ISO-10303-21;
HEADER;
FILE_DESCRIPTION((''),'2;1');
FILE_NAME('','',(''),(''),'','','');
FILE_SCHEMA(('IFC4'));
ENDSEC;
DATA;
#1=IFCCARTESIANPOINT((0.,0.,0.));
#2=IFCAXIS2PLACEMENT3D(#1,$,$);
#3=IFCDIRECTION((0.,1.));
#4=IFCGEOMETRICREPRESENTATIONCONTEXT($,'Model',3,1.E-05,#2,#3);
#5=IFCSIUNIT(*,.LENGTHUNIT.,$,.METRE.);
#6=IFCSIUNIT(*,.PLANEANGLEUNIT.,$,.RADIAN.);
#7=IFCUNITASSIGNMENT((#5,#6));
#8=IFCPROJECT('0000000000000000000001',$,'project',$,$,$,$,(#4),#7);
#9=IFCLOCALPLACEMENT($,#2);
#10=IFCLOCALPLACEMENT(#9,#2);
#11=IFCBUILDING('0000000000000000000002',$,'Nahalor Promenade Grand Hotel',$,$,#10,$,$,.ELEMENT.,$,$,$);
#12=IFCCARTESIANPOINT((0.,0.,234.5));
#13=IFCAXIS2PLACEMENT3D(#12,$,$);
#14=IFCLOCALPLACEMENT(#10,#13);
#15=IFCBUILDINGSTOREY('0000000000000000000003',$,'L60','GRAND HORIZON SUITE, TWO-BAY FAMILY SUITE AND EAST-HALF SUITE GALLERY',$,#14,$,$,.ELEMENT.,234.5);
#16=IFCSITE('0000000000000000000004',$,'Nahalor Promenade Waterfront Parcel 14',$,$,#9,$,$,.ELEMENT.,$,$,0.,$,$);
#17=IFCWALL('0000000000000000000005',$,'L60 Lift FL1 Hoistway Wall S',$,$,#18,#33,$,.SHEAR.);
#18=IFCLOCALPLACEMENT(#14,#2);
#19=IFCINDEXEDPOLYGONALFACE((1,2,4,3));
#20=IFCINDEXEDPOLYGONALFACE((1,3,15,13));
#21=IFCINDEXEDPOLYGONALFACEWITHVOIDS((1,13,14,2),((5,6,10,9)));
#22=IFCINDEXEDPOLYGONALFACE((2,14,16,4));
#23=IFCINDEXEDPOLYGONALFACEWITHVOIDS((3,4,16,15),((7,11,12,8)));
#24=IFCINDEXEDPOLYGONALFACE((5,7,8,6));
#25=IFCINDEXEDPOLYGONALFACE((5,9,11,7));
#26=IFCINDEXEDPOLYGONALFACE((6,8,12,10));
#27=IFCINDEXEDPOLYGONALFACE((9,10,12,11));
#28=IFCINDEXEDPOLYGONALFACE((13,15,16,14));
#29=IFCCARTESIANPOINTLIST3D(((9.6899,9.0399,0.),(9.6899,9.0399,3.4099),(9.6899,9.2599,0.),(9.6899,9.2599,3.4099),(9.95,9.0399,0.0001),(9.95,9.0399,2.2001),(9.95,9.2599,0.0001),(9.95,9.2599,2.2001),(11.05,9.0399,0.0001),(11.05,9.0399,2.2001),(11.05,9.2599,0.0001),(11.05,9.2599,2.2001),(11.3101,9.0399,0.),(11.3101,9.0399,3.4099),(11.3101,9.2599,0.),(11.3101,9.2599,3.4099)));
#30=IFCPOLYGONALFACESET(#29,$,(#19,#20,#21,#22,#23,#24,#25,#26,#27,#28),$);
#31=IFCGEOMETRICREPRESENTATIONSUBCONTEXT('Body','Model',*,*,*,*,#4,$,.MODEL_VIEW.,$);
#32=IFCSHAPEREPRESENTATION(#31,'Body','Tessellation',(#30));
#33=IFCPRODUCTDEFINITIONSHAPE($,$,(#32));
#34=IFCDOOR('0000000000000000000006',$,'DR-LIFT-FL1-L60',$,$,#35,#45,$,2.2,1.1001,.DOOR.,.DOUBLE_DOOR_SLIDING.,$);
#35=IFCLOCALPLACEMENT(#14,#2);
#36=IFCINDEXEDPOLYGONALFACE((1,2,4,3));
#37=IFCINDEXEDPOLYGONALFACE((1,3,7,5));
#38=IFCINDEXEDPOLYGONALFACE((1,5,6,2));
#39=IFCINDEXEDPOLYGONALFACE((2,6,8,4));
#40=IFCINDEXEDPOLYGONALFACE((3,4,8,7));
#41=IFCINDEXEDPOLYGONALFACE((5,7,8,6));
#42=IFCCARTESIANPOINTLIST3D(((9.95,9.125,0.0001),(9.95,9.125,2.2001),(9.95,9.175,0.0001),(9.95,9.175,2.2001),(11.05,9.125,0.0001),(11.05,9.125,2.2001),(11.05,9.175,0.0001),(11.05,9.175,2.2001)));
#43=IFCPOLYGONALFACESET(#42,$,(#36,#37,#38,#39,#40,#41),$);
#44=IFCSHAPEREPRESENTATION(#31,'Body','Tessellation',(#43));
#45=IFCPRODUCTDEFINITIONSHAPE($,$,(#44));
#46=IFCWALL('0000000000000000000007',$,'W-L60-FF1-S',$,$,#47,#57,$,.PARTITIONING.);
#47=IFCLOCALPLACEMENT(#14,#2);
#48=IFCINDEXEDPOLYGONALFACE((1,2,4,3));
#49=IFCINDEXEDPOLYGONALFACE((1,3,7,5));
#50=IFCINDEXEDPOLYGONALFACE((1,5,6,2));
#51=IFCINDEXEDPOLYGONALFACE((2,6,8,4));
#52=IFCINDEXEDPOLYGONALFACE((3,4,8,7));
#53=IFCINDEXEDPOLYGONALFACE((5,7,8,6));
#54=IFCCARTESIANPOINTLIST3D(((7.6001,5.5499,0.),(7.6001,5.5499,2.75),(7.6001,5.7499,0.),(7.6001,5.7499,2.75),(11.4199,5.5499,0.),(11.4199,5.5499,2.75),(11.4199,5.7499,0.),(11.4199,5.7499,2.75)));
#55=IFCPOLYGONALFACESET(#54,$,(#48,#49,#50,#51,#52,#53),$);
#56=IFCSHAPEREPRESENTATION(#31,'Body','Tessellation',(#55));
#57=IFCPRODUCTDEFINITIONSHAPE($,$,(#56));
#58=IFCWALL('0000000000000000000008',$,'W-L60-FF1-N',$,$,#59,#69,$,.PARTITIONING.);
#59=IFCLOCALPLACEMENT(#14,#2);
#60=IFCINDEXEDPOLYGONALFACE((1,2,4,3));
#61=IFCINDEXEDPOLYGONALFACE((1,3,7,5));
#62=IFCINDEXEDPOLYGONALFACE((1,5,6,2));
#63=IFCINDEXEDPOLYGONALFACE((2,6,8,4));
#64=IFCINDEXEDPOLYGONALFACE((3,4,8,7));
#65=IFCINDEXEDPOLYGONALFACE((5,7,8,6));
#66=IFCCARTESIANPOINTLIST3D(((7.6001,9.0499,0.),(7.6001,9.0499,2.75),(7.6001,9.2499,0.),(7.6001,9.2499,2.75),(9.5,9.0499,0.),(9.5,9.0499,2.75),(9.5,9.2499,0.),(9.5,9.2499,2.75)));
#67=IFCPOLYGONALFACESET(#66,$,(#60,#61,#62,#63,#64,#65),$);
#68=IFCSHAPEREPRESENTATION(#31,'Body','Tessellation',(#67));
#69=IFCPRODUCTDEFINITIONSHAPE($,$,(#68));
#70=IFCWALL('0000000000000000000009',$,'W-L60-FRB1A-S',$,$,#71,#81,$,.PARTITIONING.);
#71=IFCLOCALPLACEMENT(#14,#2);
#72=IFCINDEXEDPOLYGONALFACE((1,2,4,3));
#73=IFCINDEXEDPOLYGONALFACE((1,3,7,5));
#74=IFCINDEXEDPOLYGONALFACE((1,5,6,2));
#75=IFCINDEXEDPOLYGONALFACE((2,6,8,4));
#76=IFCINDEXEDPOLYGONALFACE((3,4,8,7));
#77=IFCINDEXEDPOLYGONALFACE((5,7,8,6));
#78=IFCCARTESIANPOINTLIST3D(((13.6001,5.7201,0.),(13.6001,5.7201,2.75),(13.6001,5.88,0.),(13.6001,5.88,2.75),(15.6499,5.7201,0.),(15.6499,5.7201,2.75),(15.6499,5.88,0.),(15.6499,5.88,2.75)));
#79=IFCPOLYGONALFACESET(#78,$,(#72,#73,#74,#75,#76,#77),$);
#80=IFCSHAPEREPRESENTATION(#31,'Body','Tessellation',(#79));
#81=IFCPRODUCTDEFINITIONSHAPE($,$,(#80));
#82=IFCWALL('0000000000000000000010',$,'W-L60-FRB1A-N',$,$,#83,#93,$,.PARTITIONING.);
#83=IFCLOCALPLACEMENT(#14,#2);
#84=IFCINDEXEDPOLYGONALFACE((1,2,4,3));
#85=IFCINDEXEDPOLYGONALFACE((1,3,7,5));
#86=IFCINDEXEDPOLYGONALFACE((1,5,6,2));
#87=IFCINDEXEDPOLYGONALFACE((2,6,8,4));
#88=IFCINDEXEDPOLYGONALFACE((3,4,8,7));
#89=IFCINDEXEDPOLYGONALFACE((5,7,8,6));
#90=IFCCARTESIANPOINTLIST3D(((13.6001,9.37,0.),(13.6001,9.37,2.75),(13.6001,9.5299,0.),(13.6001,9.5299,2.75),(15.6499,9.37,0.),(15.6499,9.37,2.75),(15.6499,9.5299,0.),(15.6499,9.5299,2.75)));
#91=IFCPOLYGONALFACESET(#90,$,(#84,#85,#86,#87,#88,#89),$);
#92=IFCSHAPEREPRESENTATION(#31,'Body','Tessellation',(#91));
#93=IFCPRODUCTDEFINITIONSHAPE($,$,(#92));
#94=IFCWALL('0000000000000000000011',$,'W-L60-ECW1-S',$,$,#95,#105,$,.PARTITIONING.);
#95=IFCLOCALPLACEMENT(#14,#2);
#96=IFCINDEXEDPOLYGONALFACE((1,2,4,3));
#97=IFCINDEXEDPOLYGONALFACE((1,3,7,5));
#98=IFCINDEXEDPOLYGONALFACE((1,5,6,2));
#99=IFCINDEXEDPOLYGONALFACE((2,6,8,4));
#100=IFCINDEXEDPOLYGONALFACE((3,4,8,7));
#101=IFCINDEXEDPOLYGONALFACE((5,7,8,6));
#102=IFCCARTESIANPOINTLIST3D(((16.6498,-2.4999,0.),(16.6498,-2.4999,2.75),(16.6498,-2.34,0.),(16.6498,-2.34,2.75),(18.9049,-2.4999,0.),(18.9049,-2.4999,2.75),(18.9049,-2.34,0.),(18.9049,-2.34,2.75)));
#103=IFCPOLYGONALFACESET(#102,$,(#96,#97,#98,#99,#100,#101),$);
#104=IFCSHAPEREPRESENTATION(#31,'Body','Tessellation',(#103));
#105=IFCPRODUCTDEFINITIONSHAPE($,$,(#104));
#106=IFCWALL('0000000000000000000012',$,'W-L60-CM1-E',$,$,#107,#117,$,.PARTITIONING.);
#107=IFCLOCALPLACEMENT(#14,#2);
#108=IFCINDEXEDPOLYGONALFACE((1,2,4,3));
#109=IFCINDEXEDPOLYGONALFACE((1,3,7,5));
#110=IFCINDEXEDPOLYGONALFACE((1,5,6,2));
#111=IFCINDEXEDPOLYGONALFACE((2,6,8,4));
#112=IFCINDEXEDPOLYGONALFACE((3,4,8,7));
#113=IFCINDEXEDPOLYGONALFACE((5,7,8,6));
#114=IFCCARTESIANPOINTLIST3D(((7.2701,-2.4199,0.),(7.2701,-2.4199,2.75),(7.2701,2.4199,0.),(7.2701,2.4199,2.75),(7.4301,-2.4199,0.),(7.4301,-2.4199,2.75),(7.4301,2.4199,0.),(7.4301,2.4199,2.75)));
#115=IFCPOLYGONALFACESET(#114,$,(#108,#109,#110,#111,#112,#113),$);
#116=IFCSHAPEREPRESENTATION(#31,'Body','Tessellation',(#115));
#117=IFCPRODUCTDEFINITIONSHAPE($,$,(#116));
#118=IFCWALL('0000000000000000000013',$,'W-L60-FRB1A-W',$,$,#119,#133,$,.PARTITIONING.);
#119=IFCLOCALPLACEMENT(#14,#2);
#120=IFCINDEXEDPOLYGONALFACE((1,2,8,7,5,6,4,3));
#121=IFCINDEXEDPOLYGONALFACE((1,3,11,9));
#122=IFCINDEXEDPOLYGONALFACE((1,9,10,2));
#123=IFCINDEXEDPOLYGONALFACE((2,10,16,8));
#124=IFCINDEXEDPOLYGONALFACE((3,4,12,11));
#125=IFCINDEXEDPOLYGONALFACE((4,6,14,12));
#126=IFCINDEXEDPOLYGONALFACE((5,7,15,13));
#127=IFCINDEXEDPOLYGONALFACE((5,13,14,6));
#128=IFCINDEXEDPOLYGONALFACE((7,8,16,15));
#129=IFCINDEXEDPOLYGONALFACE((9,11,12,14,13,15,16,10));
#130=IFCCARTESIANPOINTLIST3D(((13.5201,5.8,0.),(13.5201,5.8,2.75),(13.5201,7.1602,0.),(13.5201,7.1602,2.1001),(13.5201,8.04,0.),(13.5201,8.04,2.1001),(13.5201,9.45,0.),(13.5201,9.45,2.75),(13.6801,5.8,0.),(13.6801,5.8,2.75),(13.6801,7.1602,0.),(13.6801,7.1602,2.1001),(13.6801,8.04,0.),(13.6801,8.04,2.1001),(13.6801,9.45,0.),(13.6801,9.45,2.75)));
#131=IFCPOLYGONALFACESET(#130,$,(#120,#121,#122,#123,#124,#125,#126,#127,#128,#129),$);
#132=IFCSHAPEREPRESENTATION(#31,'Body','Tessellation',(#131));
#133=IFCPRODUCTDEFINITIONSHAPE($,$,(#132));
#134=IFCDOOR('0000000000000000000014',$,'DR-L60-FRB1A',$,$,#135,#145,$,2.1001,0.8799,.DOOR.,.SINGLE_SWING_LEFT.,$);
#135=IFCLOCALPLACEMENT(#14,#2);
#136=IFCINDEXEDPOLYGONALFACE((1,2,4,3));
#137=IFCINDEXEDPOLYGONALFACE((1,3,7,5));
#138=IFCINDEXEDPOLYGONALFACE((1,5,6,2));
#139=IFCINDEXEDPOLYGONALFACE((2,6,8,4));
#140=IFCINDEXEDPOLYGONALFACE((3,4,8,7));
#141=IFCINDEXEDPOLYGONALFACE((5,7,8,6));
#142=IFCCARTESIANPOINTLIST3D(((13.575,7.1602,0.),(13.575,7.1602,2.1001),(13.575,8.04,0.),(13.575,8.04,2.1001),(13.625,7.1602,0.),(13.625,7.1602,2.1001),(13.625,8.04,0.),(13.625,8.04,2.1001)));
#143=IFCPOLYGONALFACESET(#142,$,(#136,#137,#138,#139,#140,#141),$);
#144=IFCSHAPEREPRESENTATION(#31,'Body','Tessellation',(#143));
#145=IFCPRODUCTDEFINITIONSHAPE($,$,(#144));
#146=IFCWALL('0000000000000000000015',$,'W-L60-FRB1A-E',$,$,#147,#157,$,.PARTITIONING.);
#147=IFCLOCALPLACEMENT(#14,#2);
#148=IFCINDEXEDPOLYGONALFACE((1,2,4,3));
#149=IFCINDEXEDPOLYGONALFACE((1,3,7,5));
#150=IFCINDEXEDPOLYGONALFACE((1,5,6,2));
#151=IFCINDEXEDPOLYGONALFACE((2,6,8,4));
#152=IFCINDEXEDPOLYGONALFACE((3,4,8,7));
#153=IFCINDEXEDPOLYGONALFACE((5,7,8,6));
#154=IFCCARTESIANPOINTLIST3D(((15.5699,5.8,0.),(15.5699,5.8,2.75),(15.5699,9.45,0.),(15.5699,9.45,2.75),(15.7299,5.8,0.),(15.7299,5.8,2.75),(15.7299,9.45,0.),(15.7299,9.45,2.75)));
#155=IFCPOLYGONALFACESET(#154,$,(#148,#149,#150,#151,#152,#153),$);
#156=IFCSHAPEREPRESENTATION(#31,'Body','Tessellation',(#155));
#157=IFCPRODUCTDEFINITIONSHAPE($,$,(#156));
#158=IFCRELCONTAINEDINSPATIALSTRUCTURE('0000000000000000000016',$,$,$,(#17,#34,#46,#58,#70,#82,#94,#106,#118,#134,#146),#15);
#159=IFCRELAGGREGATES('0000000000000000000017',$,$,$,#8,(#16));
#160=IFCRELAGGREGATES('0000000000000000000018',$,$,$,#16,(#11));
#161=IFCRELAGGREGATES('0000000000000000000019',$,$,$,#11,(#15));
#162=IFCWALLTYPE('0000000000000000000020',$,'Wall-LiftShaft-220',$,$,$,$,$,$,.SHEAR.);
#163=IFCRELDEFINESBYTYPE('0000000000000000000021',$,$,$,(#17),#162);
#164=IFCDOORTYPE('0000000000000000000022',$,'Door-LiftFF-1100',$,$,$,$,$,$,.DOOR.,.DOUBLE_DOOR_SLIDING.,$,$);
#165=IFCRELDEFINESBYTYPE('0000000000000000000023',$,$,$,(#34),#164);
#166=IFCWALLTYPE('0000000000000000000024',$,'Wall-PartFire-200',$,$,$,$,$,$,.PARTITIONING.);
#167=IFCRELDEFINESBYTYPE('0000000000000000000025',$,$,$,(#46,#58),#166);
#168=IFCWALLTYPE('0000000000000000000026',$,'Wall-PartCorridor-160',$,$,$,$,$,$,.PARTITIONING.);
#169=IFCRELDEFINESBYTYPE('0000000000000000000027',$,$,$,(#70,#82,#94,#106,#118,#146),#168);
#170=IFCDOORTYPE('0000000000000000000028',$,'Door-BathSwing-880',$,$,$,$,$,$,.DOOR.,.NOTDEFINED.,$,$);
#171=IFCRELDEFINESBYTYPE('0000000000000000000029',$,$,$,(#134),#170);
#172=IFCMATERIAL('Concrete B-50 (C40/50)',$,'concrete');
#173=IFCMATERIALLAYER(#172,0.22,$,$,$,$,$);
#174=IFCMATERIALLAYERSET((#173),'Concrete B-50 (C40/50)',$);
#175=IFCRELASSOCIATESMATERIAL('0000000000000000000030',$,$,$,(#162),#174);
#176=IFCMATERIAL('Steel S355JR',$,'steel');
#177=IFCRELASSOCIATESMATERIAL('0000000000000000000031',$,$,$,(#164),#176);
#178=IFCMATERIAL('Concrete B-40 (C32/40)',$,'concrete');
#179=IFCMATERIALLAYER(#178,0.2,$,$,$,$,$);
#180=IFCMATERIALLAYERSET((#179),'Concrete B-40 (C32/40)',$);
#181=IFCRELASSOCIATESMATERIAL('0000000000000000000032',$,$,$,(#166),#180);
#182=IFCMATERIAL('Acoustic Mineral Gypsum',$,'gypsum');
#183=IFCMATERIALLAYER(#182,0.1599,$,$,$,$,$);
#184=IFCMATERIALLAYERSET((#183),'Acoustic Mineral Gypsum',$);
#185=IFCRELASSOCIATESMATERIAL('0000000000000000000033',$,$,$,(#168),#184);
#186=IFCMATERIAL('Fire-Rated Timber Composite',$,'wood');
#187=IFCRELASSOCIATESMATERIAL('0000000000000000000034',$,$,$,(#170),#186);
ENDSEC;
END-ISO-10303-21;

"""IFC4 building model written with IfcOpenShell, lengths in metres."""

from ifc_helpers import new_model, si_unit, direction, frame, frame_2d, origin, place, context, subcontext, project, spatial, rectangle, extrude, source, transform, mapped, material, layer, layer_set, type_object, element, fill, save


model = new_model("IFC4")

# Units and contexts
model_context = context("Model", 3, precision=1e-05, world=origin(), true_north=direction((0.0, 1.0)))
body_context = subcontext(model_context, "Body", "Model", "MODEL_VIEW")
ifc_project = project(units=[si_unit("LENGTHUNIT", "METRE"), si_unit("PLANEANGLEUNIT", "RADIAN")], contexts=[model_context])

# Site, building, storey
site_placement = place(None, origin())
site = spatial("IfcSite", under=ifc_project, at=site_placement, Name="Nahalor Promenade Waterfront Parcel 14", CompositionType="ELEMENT", RefElevation=0.0)
building_placement = place(site_placement, origin())
building = spatial("IfcBuilding", under=site, at=building_placement, Name="Nahalor Promenade Grand Hotel", CompositionType="ELEMENT")
storey_placement = place(building_placement, frame((0.0, 0.0, 234.5)))
storey = spatial("IfcBuildingStorey", under=building, at=storey_placement, Name="L60", Description="GRAND HORIZON SUITE, TWO-BAY FAMILY SUITE AND EAST-HALF SUITE GALLERY", CompositionType="ELEMENT", Elevation=234.5)

# Shared definitions
ifc_material_1 = material(Name="Steel S355JR", Category="steel")

# Shared definitions
ifc_material_2 = material(Name="Concrete B-50 (C40/50)", Category="concrete")

# Shared definitions
ifc_layer_1 = layer(ifc_material_2, 0.22)
ifc_layer_set_1 = layer_set([ifc_layer_1], Name="Concrete B-50 (C40/50)")
wall_type_1 = type_object("IfcWallType", Name="Wall-LiftShaft-220", PredefinedType="SHEAR", material=ifc_layer_set_1)

# Wall, opening, door
shared_shape_1 = source(origin(), body_context, "Body", "SweptSolid", [
    extrude(rectangle(XDim=1.6201, YDim=0.22, at=frame_2d((0.8101, 0.0))), origin(), (0.0, 0.0, 1.0), 3.4099),
])
wall_1_placement = place(storey_placement, frame((9.6899, 9.1499, 0.0), z_axis=(0.0, 0.0, 1.0), x_axis=(1.0, 0.0, 0.0)))
wall_1 = element("IfcWall", 1, at=wall_1_placement, inside=storey, type_object=wall_type_1, Name="L60 Lift FL1 Hoistway Wall S", PredefinedType="SHEAR", context=body_context, shape_type="MappedRepresentation", body=[
    mapped(shared_shape_1, transform((0.0, 0.0, 0.0), scale=1.0)),
])
opening_1_placement = place(wall_1_placement, frame((0.26, 0.0, 0.0)))
opening_1 = element("IfcOpeningElement", 2, at=opening_1_placement, cuts=wall_1, PredefinedType="OPENING", context=body_context, shape_type="SweptSolid", body=[
    extrude(rectangle(XDim=1.1001, YDim=2.2, at=frame_2d((0.55, 1.1001))), frame((0.0, 0.1199, 0.0), z_axis=(0.0, -1.0, 0.0), x_axis=(1.0, 0.0, 0.0)), (0.0, 0.0, 1.0), 0.24),
])
door_type_1 = type_object("IfcDoorType", Name="Door-LiftFF-1100", OperationType="DOUBLE_DOOR_SLIDING", PredefinedType="DOOR", material=ifc_material_1)
shared_shape_2 = source(origin(), body_context, "Body", "SweptSolid", [
    extrude(rectangle(XDim=1.1001, YDim=2.2, at=frame_2d((0.55, 1.1001))), frame((0.0, 0.0249, 0.0), z_axis=(0.0, -1.0, 0.0), x_axis=(1.0, 0.0, 0.0)), (0.0, 0.0, 1.0), 0.05),
])
door_1_placement = place(opening_1_placement, frame((1.1001, 0.0, 0.0), z_axis=(0.0, 0.0, 1.0), x_axis=(-1.0, 0.0, 0.0)))
door_1 = element("IfcDoor", 3, at=door_1_placement, inside=storey, type_object=door_type_1, Name="DR-LIFT-FL1-L60", OperationType="DOUBLE_DOOR_SLIDING", OverallHeight=2.2, OverallWidth=1.1001, PredefinedType="DOOR", context=body_context, shape_type="MappedRepresentation", body=[
    mapped(shared_shape_2, transform((0.0, 0.0, 0.0), scale=1.0)),
])
fill(opening_1, door_1)

# Walls
ifc_material_3 = material(Name="Concrete B-40 (C32/40)", Category="concrete")
ifc_layer_2 = layer(ifc_material_3, 0.2)
ifc_layer_set_2 = layer_set([ifc_layer_2], Name="Concrete B-40 (C32/40)")
wall_type_2 = type_object("IfcWallType", Name="Wall-PartFire-200", PredefinedType="PARTITIONING", material=ifc_layer_set_2)
shared_shape_3 = source(origin(), body_context, "Body", "SweptSolid", [
    extrude(rectangle(XDim=3.8198, YDim=0.2, at=frame_2d((1.9099, 0.0))), origin(), (0.0, 0.0, 1.0), 2.75),
])
wall_2_placement = place(storey_placement, frame((7.6001, 5.6499, 0.0), z_axis=(0.0, 0.0, 1.0), x_axis=(1.0, 0.0, 0.0)))
element("IfcWall", 4, at=wall_2_placement, inside=storey, type_object=wall_type_2, Name="W-L60-FF1-S", PredefinedType="PARTITIONING", context=body_context, shape_type="MappedRepresentation", body=[
    mapped(shared_shape_3, transform((0.0, 0.0, 0.0), scale=1.0)),
])
shared_shape_4 = source(origin(), body_context, "Body", "SweptSolid", [
    extrude(rectangle(XDim=1.8999, YDim=0.2, at=frame_2d((0.95, 0.0))), origin(), (0.0, 0.0, 1.0), 2.75),
])
wall_3_placement = place(storey_placement, frame((7.6001, 9.1499, 0.0), z_axis=(0.0, 0.0, 1.0), x_axis=(1.0, 0.0, 0.0)))
element("IfcWall", 5, at=wall_3_placement, inside=storey, type_object=wall_type_2, Name="W-L60-FF1-N", PredefinedType="PARTITIONING", context=body_context, shape_type="MappedRepresentation", body=[
    mapped(shared_shape_4, transform((0.0, 0.0, 0.0), scale=1.0)),
])

# Walls
ifc_material_4 = material(Name="Acoustic Mineral Gypsum", Category="gypsum")
ifc_layer_3 = layer(ifc_material_4, 0.1599)
ifc_layer_set_3 = layer_set([ifc_layer_3], Name="Acoustic Mineral Gypsum")
wall_type_3 = type_object("IfcWallType", Name="Wall-PartCorridor-160", PredefinedType="PARTITIONING", material=ifc_layer_set_3)
shared_shape_5 = source(origin(), body_context, "Body", "SweptSolid", [
    extrude(rectangle(XDim=2.0498, YDim=0.1599, at=frame_2d((1.0249, 0.0))), origin(), (0.0, 0.0, 1.0), 2.75),
])
for number, where, z_axis, x_axis, name in (
    (6, (13.6001, 5.8, 0.0), (0.0, 0.0, 1.0), (1.0, 0.0, 0.0), "W-L60-FRB1A-S"),
    (7, (13.6001, 9.45, 0.0), (0.0, 0.0, 1.0), (1.0, 0.0, 0.0), "W-L60-FRB1A-N"),
):
    element("IfcWall", number, at=place(storey_placement, frame(where, z_axis=z_axis, x_axis=x_axis)), inside=storey, type_object=wall_type_3, Name=name, PredefinedType="PARTITIONING", context=body_context, shape_type="MappedRepresentation", body=[
        mapped(shared_shape_5, transform((0.0, 0.0, 0.0), scale=1.0)),
    ])
shared_shape_6 = source(origin(), body_context, "Body", "SweptSolid", [
    extrude(rectangle(XDim=2.2551, YDim=0.1599, at=frame_2d((1.1274, 0.0))), origin(), (0.0, 0.0, 1.0), 2.75),
])
wall_4_placement = place(storey_placement, frame((16.6499, -2.4199, 0.0), z_axis=(0.0, 0.0, 1.0), x_axis=(1.0, 0.0, 0.0)))
element("IfcWall", 8, at=wall_4_placement, inside=storey, type_object=wall_type_3, Name="W-L60-ECW1-S", PredefinedType="PARTITIONING", context=body_context, shape_type="MappedRepresentation", body=[
    mapped(shared_shape_6, transform((0.0, 0.0, 0.0), scale=1.0)),
])
shared_shape_7 = source(origin(), body_context, "Body", "SweptSolid", [
    extrude(rectangle(XDim=4.8398, YDim=0.1599, at=frame_2d((2.4199, 0.0))), origin(), (0.0, 0.0, 1.0), 2.75),
])
wall_5_placement = place(storey_placement, frame((7.3501, -2.4199, 0.0), z_axis=(0.0, 0.0, 1.0), x_axis=(0.0, 1.0, 0.0)))
element("IfcWall", 9, at=wall_5_placement, inside=storey, type_object=wall_type_3, Name="W-L60-CM1-E", PredefinedType="PARTITIONING", context=body_context, shape_type="MappedRepresentation", body=[
    mapped(shared_shape_7, transform((0.0, 0.0, 0.0), scale=1.0)),
])

# Wall, opening, door
shared_shape_8 = source(origin(), body_context, "Body", "SweptSolid", [
    extrude(rectangle(XDim=3.6499, YDim=0.1599, at=frame_2d((1.825, 0.0))), origin(), (0.0, 0.0, 1.0), 2.75),
])
wall_6_placement = place(storey_placement, frame((13.6001, 5.8, 0.0), z_axis=(0.0, 0.0, 1.0), x_axis=(0.0, 1.0, 0.0)))
wall_6 = element("IfcWall", 10, at=wall_6_placement, inside=storey, type_object=wall_type_3, Name="W-L60-FRB1A-W", PredefinedType="PARTITIONING", context=body_context, shape_type="MappedRepresentation", body=[
    mapped(shared_shape_8, transform((0.0, 0.0, 0.0), scale=1.0)),
])
opening_2_placement = place(wall_6_placement, frame((1.3601, 0.0, 0.0)))
opening_2 = element("IfcOpeningElement", 11, at=opening_2_placement, cuts=wall_6, PredefinedType="OPENING", context=body_context, shape_type="SweptSolid", body=[
    extrude(rectangle(XDim=0.8799, YDim=2.1001, at=frame_2d((0.4399, 1.05))), frame((0.0, 0.0898, 0.0), z_axis=(0.0, -1.0, 0.0), x_axis=(1.0, 0.0, 0.0)), (0.0, 0.0, 1.0), 0.1799),
])
ifc_material_5 = material(Name="Fire-Rated Timber Composite", Category="wood")
door_type_2 = type_object("IfcDoorType", Name="Door-BathSwing-880", OperationType="NOTDEFINED", PredefinedType="DOOR", material=ifc_material_5)
shared_shape_9 = source(origin(), body_context, "Body", "SweptSolid", [
    extrude(rectangle(XDim=0.8799, YDim=2.1001, at=frame_2d((0.4399, 1.05))), frame((0.0, 0.0249, 0.0), z_axis=(0.0, -1.0, 0.0), x_axis=(1.0, 0.0, 0.0)), (0.0, 0.0, 1.0), 0.05),
])
door_2_placement = place(opening_2_placement, frame((0.8799, 0.0, 0.0), z_axis=(0.0, 0.0, 1.0), x_axis=(-1.0, 0.0, 0.0)))
door_2 = element("IfcDoor", 12, at=door_2_placement, inside=storey, type_object=door_type_2, Name="DR-L60-FRB1A", OperationType="SINGLE_SWING_LEFT", OverallHeight=2.1001, OverallWidth=0.8799, PredefinedType="DOOR", context=body_context, shape_type="MappedRepresentation", body=[
    mapped(shared_shape_9, transform((0.0, 0.0, 0.0), scale=1.0)),
])
fill(opening_2, door_2)

# Wall
wall_7_placement = place(storey_placement, frame((15.6499, 5.8, 0.0), z_axis=(0.0, 0.0, 1.0), x_axis=(0.0, 1.0, 0.0)))
element("IfcWall", 13, at=wall_7_placement, inside=storey, type_object=wall_type_3, Name="W-L60-FRB1A-E", PredefinedType="PARTITIONING", context=body_context, shape_type="MappedRepresentation", body=[
    mapped(shared_shape_8, transform((0.0, 0.0, 0.0), scale=1.0)),
])

save(model, "model.ifc")
